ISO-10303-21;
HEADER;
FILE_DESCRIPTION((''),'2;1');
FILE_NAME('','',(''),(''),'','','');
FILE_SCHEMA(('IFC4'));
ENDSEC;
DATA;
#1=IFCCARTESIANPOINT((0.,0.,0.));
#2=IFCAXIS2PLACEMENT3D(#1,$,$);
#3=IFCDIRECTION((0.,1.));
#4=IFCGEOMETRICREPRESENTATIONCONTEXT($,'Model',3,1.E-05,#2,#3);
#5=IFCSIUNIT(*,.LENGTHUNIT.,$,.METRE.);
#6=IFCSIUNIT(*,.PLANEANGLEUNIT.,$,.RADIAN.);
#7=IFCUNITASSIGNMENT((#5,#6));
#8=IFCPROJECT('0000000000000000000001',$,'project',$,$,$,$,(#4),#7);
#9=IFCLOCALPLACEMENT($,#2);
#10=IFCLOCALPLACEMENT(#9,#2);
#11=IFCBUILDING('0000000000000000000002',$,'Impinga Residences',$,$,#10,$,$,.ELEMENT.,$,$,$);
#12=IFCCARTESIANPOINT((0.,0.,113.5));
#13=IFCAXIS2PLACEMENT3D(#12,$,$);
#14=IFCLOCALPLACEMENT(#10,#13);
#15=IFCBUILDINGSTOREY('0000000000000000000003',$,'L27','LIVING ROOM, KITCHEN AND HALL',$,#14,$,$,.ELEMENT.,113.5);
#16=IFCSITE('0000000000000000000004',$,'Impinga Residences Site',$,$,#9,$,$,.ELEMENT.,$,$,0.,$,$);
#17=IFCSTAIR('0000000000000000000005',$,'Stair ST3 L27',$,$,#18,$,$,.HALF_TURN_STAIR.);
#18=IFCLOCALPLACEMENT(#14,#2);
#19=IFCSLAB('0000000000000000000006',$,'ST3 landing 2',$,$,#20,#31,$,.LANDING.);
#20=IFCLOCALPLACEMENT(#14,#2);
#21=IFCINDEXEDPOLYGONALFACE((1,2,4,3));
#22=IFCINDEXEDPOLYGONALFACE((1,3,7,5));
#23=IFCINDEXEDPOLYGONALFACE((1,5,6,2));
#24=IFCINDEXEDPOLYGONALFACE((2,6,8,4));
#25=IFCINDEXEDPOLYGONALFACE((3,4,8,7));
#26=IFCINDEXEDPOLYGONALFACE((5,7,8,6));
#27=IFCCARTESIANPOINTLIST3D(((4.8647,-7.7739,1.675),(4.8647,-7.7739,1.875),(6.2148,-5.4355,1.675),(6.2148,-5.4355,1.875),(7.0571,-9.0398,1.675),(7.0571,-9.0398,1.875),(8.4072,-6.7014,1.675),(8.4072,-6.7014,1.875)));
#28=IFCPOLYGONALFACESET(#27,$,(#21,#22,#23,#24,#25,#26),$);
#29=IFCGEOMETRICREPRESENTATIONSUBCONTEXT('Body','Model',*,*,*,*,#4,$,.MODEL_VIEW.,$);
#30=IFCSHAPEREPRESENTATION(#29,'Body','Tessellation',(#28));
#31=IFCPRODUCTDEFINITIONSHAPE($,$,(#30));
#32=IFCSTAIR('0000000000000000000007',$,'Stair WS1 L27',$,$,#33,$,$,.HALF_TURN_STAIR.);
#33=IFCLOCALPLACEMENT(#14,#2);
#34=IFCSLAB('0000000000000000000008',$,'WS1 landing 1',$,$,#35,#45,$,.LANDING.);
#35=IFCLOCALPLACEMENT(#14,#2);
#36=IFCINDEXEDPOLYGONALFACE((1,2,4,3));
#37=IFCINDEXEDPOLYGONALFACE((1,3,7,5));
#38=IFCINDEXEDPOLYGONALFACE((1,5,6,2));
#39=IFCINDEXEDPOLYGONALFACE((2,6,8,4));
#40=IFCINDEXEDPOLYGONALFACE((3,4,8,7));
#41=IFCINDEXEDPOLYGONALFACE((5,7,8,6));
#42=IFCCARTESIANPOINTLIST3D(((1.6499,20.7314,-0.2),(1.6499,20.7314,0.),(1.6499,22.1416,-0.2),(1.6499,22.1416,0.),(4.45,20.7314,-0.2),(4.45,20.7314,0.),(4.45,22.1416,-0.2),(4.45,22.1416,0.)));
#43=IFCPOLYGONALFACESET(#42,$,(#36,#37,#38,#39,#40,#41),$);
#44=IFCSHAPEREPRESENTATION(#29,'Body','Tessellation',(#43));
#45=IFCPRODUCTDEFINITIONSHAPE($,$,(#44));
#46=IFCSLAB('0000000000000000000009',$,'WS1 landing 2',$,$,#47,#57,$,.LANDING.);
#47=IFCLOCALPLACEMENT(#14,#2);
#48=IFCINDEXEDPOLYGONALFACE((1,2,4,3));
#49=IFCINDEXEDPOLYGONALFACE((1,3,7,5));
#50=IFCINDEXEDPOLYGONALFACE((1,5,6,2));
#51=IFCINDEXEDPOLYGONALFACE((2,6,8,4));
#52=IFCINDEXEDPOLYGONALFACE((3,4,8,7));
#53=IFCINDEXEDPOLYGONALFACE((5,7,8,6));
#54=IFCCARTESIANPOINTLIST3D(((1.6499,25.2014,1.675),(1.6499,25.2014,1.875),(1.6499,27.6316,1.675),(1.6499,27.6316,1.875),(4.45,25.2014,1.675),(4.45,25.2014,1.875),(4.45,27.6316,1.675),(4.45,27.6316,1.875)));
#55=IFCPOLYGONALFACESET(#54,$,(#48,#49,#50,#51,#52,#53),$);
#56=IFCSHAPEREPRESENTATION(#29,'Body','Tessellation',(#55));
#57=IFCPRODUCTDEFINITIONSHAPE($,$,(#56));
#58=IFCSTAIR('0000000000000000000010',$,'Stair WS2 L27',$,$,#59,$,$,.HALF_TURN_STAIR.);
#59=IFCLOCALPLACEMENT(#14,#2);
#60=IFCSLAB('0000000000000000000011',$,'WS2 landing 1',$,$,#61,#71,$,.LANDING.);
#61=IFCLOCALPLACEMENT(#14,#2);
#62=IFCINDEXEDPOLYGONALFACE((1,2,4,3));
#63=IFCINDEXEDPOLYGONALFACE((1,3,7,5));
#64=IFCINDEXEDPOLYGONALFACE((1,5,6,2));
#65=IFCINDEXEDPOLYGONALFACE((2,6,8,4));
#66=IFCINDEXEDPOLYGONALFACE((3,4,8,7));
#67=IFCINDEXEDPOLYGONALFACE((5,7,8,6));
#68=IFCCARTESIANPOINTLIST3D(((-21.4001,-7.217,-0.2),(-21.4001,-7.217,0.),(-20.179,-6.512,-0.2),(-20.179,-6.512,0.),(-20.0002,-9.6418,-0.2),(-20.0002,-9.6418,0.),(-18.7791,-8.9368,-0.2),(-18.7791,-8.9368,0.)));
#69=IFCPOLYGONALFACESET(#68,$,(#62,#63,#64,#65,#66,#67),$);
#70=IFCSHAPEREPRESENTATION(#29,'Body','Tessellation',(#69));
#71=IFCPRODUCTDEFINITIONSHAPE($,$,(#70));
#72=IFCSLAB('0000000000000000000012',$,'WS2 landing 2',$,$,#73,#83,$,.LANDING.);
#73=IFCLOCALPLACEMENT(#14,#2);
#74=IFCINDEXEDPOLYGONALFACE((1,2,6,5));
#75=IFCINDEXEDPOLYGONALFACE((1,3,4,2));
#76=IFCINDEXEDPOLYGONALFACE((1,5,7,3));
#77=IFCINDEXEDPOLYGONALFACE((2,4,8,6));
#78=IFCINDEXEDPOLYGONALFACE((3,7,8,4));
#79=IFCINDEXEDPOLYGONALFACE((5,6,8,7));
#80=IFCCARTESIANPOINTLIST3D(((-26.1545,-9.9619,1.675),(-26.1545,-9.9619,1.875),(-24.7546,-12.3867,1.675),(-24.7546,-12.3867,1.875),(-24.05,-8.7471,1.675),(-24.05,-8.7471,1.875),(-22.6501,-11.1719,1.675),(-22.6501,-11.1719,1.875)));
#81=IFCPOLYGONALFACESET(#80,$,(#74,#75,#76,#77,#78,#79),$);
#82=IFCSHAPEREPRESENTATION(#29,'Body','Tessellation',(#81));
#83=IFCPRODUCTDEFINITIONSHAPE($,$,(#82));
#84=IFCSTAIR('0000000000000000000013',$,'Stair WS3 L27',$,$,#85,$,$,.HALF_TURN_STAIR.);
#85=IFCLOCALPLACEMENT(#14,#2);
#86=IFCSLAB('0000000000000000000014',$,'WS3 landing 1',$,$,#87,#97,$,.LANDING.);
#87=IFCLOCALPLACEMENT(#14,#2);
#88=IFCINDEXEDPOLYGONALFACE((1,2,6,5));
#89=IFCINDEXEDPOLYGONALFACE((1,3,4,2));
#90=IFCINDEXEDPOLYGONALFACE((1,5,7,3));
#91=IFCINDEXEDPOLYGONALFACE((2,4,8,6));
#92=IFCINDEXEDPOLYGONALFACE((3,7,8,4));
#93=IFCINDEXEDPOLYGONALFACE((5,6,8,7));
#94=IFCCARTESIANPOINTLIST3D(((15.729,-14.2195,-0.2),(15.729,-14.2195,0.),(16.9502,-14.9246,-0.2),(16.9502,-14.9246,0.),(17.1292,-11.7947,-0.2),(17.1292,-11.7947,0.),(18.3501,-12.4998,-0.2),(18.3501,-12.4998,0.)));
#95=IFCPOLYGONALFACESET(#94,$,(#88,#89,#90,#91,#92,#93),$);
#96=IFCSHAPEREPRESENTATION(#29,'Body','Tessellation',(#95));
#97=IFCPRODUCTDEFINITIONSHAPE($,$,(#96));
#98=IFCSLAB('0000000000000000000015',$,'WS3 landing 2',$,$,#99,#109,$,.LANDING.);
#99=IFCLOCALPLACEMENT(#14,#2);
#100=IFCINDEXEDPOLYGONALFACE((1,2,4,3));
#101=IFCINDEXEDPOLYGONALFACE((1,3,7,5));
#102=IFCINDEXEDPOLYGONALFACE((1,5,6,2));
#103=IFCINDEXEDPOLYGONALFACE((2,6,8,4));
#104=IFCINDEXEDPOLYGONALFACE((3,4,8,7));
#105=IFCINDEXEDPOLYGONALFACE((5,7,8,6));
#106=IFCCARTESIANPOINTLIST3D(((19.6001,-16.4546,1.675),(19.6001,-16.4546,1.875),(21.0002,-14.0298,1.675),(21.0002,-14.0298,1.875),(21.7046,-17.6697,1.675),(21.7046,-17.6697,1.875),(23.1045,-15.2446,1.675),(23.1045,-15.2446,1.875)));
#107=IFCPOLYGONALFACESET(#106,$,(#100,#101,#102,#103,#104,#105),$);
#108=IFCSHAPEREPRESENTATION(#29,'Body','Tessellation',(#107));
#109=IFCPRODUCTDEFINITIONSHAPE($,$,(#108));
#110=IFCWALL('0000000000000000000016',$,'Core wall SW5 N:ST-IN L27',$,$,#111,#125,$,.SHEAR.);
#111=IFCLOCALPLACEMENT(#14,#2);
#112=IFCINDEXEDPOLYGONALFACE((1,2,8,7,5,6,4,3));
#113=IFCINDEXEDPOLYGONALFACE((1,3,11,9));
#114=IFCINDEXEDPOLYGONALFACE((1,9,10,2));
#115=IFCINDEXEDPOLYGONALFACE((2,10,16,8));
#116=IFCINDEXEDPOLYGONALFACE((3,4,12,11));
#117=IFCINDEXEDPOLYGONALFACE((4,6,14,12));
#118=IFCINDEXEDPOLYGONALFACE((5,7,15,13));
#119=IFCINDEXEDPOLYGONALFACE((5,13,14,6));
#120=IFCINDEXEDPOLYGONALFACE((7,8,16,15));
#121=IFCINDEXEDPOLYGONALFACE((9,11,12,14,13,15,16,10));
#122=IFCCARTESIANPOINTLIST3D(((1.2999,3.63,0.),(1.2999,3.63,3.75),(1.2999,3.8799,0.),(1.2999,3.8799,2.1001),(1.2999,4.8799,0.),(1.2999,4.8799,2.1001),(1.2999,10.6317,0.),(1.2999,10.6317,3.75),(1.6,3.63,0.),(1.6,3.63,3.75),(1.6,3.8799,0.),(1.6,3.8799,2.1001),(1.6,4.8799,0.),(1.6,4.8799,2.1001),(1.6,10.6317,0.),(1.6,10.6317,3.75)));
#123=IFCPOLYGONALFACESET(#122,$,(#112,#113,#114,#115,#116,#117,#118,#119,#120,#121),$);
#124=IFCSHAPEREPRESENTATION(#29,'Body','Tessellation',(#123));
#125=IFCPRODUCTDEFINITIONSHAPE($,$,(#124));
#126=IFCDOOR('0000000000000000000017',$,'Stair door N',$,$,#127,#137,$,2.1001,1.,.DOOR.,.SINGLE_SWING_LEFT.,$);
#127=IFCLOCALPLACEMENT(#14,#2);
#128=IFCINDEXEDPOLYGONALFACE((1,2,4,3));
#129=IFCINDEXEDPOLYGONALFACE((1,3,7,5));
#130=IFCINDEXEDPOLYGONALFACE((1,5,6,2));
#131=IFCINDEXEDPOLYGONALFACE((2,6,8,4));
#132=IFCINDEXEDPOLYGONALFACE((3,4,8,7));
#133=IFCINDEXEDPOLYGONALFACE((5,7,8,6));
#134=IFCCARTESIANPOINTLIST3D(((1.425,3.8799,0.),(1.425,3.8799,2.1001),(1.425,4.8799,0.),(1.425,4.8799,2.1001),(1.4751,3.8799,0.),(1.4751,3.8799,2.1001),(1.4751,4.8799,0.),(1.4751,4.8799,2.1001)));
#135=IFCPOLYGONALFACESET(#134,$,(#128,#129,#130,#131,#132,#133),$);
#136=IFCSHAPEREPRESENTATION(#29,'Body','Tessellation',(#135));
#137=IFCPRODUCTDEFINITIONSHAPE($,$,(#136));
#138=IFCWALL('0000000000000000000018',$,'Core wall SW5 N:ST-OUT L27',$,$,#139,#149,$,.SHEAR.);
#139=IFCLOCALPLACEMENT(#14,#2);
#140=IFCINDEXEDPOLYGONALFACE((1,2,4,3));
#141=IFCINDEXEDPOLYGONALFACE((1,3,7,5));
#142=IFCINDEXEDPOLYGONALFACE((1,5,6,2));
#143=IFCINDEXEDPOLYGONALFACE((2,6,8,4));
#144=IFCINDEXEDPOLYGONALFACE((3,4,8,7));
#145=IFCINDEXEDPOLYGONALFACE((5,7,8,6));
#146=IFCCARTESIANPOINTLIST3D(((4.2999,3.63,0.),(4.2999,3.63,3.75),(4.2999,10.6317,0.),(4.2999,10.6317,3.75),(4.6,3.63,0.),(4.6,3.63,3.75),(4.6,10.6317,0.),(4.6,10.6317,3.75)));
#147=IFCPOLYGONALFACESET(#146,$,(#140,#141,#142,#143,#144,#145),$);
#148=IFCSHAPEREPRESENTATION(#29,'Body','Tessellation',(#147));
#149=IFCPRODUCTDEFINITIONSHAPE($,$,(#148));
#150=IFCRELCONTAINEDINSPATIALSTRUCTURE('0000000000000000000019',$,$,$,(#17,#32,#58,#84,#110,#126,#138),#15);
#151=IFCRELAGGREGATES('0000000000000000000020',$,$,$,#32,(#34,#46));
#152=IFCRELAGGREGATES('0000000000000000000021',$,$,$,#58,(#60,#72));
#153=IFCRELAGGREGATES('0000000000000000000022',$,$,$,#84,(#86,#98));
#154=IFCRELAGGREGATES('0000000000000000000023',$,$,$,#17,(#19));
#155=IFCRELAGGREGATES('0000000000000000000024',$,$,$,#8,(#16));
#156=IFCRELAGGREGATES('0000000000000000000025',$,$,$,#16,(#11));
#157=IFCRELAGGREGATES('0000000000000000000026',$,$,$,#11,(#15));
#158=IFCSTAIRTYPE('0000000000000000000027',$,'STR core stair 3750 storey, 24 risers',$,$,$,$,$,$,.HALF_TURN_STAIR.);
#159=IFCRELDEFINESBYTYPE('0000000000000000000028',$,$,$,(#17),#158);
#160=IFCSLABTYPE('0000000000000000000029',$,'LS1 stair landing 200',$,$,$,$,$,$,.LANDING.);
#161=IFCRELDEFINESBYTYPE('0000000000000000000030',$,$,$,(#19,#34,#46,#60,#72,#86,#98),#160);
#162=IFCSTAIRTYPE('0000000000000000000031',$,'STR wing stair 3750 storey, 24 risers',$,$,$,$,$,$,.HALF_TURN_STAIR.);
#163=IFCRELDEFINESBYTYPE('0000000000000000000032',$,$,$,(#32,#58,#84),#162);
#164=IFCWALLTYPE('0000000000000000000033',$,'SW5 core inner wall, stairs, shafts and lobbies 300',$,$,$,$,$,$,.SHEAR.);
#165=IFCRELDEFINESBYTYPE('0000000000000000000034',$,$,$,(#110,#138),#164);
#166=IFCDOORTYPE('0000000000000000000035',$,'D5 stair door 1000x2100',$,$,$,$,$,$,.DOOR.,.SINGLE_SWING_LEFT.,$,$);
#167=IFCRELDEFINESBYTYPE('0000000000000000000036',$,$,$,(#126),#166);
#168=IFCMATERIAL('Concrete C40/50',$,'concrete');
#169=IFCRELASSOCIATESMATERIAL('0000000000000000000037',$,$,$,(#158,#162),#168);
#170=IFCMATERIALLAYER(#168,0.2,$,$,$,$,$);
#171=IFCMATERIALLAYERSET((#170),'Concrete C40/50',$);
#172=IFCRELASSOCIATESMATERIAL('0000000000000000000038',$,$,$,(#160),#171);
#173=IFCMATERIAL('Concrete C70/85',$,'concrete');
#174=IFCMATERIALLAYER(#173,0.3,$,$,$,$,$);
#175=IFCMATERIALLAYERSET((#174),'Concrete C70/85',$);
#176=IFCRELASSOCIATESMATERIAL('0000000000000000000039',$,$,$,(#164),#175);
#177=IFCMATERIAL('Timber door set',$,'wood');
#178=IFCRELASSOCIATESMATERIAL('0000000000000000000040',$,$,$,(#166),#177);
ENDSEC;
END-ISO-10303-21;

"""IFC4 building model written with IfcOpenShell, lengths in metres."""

from ifc_helpers import new_model, si_unit, direction, frame, frame_2d, origin, place, context, subcontext, project, spatial, polyline, rectangle, outline, extrude, material, layer, layer_set, type_object, element, fill, aggregate, save


model = new_model("IFC4")

# Units and contexts
model_context = context("Model", 3, precision=1e-05, world=origin(), true_north=direction((0.0, 1.0)))
body_context = subcontext(model_context, "Body", "Model", "MODEL_VIEW")
ifc_project = project(units=[si_unit("LENGTHUNIT", "METRE"), si_unit("PLANEANGLEUNIT", "RADIAN")], contexts=[model_context])

# Site, building, storey
site_placement = place(None, origin())
site = spatial("IfcSite", under=ifc_project, at=site_placement, Name="Impinga Residences Site", CompositionType="ELEMENT", RefElevation=0.0)
building_placement = place(site_placement, origin())
building = spatial("IfcBuilding", under=site, at=building_placement, Name="Impinga Residences", CompositionType="ELEMENT")
storey_placement = place(building_placement, frame((0.0, 0.0, 113.5)))
storey = spatial("IfcBuildingStorey", under=building, at=storey_placement, Name="L27", Description="LIVING ROOM, KITCHEN AND HALL", CompositionType="ELEMENT", Elevation=113.5)

# Stair, slab
ifc_material_1 = material(Name="Concrete C40/50", Category="concrete")
stair_type_1 = type_object("IfcStairType", Name="STR core stair 3750 storey, 24 risers", PredefinedType="HALF_TURN_STAIR", material=ifc_material_1)
stair_1_placement = place(storey_placement, origin())
stair_1 = element("IfcStair", 1, at=stair_1_placement, inside=storey, type_object=stair_type_1, Name="Stair ST3 L27", PredefinedType="HALF_TURN_STAIR")
ifc_layer_1 = layer(ifc_material_1, 0.2)
ifc_layer_set_1 = layer_set([ifc_layer_1], Name="Concrete C40/50")
slab_type = type_object("IfcSlabType", Name="LS1 stair landing 200", PredefinedType="LANDING", material=ifc_layer_set_1)
slab_1_placement = place(storey_placement, frame((0.0, 0.0, 1.675)))
slab_1 = element("IfcSlab", 2, at=slab_1_placement, type_object=slab_type, Name="ST3 landing 2", PredefinedType="LANDING", context=body_context, shape_type="SweptSolid", body=[
    extrude(outline(polyline([(6.2148, -5.4355), (4.8647, -7.7739), (7.0571, -9.0398), (8.4072, -6.7014), (6.2148, -5.4355)])), origin(), (0.0, 0.0, 1.0), 0.2),
])

# Stairs, slabs
stair_type_2 = type_object("IfcStairType", Name="STR wing stair 3750 storey, 24 risers", PredefinedType="HALF_TURN_STAIR", material=ifc_material_1)
stair_2_placement = place(storey_placement, origin())
stair_2 = element("IfcStair", 3, at=stair_2_placement, inside=storey, type_object=stair_type_2, Name="Stair WS1 L27", PredefinedType="HALF_TURN_STAIR")
slab_2_placement = place(storey_placement, frame((0.0, 0.0, -0.2)))
slab_2 = element("IfcSlab", 4, at=slab_2_placement, type_object=slab_type, Name="WS1 landing 1", PredefinedType="LANDING", context=body_context, shape_type="SweptSolid", body=[
    extrude(outline(polyline([(1.6499, 20.7314), (4.45, 20.7314), (4.45, 22.1416), (1.6499, 22.1416), (1.6499, 20.7314)])), origin(), (0.0, 0.0, 1.0), 0.2),
])
slab_3_placement = place(storey_placement, frame((0.0, 0.0, 1.675)))
slab_3 = element("IfcSlab", 5, at=slab_3_placement, type_object=slab_type, Name="WS1 landing 2", PredefinedType="LANDING", context=body_context, shape_type="SweptSolid", body=[
    extrude(outline(polyline([(1.6499, 25.2014), (4.45, 25.2014), (4.45, 27.6316), (1.6499, 27.6316), (1.6499, 25.2014)])), origin(), (0.0, 0.0, 1.0), 0.2),
])
aggregate(stair_2, [slab_2, slab_3])
stair_3_placement = place(storey_placement, origin())
stair_3 = element("IfcStair", 6, at=stair_3_placement, inside=storey, type_object=stair_type_2, Name="Stair WS2 L27", PredefinedType="HALF_TURN_STAIR")
slab_4_placement = place(storey_placement, frame((0.0, 0.0, -0.2)))
slab_4 = element("IfcSlab", 7, at=slab_4_placement, type_object=slab_type, Name="WS2 landing 1", PredefinedType="LANDING", context=body_context, shape_type="SweptSolid", body=[
    extrude(outline(polyline([(-18.7791, -8.9368), (-20.179, -6.512), (-21.4001, -7.217), (-20.0002, -9.6418), (-18.7791, -8.9368)])), origin(), (0.0, 0.0, 1.0), 0.2),
])
slab_5_placement = place(storey_placement, frame((0.0, 0.0, 1.675)))
slab_5 = element("IfcSlab", 8, at=slab_5_placement, type_object=slab_type, Name="WS2 landing 2", PredefinedType="LANDING", context=body_context, shape_type="SweptSolid", body=[
    extrude(outline(polyline([(-22.6501, -11.1719), (-24.05, -8.7471), (-26.1545, -9.9619), (-24.7546, -12.3867), (-22.6501, -11.1719)])), origin(), (0.0, 0.0, 1.0), 0.2),
])
aggregate(stair_3, [slab_4, slab_5])
stair_4_placement = place(storey_placement, origin())
stair_4 = element("IfcStair", 9, at=stair_4_placement, inside=storey, type_object=stair_type_2, Name="Stair WS3 L27", PredefinedType="HALF_TURN_STAIR")
slab_6_placement = place(storey_placement, frame((0.0, 0.0, -0.2)))
slab_6 = element("IfcSlab", 10, at=slab_6_placement, type_object=slab_type, Name="WS3 landing 1", PredefinedType="LANDING", context=body_context, shape_type="SweptSolid", body=[
    extrude(outline(polyline([(17.1292, -11.7947), (15.729, -14.2195), (16.9502, -14.9246), (18.3501, -12.4998), (17.1292, -11.7947)])), origin(), (0.0, 0.0, 1.0), 0.2),
])
slab_7_placement = place(storey_placement, frame((0.0, 0.0, 1.675)))
slab_7 = element("IfcSlab", 11, at=slab_7_placement, type_object=slab_type, Name="WS3 landing 2", PredefinedType="LANDING", context=body_context, shape_type="SweptSolid", body=[
    extrude(outline(polyline([(21.0002, -14.0298), (19.6001, -16.4546), (21.7046, -17.6697), (23.1045, -15.2446), (21.0002, -14.0298)])), origin(), (0.0, 0.0, 1.0), 0.2),
])
aggregate(stair_4, [slab_6, slab_7])

# Wall, opening, door
ifc_material_2 = material(Name="Concrete C70/85", Category="concrete")
ifc_layer_2 = layer(ifc_material_2, 0.3)
ifc_layer_set_2 = layer_set([ifc_layer_2], Name="Concrete C70/85")
wall_type_1 = type_object("IfcWallType", Name="SW5 core inner wall, stairs, shafts and lobbies 300", PredefinedType="SHEAR", material=ifc_layer_set_2)
wall_1_placement = place(storey_placement, frame((1.45, 3.6299, 0.0), z_axis=(0.0, 0.0, 1.0), x_axis=(0.0, 1.0, 0.0)))
wall_1 = element("IfcWall", 12, at=wall_1_placement, inside=storey, type_object=wall_type_1, Name="Core wall SW5 N:ST-IN L27", PredefinedType="SHEAR", context=body_context, shape_type="SweptSolid", body=[
    extrude(rectangle(XDim=7.0017, YDim=0.3, at=frame_2d((3.501, 0.0))), origin(), (0.0, 0.0, 1.0), 3.75),
])
opening_1_placement = place(wall_1_placement, frame((0.25, 0.0, 0.0)))
opening_1 = element("IfcOpeningElement", 13, at=opening_1_placement, cuts=wall_1, PredefinedType="OPENING", context=body_context, shape_type="SweptSolid", body=[
    extrude(rectangle(XDim=1.0, YDim=2.1001, at=frame_2d((0.5, 1.05))), frame((0.0, 0.1599, 0.0), z_axis=(0.0, -1.0, 0.0), x_axis=(1.0, 0.0, 0.0)), (0.0, 0.0, 1.0), 0.3201),
])
ifc_material_3 = material(Name="Timber door set", Category="wood")
door_type_1 = type_object("IfcDoorType", Name="D5 stair door 1000x2100", OperationType="SINGLE_SWING_LEFT", PredefinedType="DOOR", material=ifc_material_3)
door_1_placement = place(opening_1_placement, origin())
door_1 = element("IfcDoor", 14, at=door_1_placement, inside=storey, type_object=door_type_1, Name="Stair door N", OperationType="SINGLE_SWING_LEFT", OverallHeight=2.1001, OverallWidth=1.0, PredefinedType="DOOR", context=body_context, shape_type="SweptSolid", body=[
    extrude(rectangle(XDim=1.0, YDim=2.1001, at=frame_2d((0.5, 1.05))), frame((0.0, 0.0249, 0.0), z_axis=(0.0, -1.0, 0.0), x_axis=(1.0, 0.0, 0.0)), (0.0, 0.0, 1.0), 0.05),
])
fill(opening_1, door_1)

# Wall
wall_2_placement = place(storey_placement, frame((4.45, 3.6299, 0.0), z_axis=(0.0, 0.0, 1.0), x_axis=(0.0, 1.0, 0.0)))
element("IfcWall", 15, at=wall_2_placement, inside=storey, type_object=wall_type_1, Name="Core wall SW5 N:ST-OUT L27", PredefinedType="SHEAR", context=body_context, shape_type="SweptSolid", body=[
    extrude(rectangle(XDim=7.0017, YDim=0.3, at=frame_2d((3.501, 0.0))), origin(), (0.0, 0.0, 1.0), 3.75),
])

aggregate(stair_1, [slab_1])

save(model, "model.ifc")
